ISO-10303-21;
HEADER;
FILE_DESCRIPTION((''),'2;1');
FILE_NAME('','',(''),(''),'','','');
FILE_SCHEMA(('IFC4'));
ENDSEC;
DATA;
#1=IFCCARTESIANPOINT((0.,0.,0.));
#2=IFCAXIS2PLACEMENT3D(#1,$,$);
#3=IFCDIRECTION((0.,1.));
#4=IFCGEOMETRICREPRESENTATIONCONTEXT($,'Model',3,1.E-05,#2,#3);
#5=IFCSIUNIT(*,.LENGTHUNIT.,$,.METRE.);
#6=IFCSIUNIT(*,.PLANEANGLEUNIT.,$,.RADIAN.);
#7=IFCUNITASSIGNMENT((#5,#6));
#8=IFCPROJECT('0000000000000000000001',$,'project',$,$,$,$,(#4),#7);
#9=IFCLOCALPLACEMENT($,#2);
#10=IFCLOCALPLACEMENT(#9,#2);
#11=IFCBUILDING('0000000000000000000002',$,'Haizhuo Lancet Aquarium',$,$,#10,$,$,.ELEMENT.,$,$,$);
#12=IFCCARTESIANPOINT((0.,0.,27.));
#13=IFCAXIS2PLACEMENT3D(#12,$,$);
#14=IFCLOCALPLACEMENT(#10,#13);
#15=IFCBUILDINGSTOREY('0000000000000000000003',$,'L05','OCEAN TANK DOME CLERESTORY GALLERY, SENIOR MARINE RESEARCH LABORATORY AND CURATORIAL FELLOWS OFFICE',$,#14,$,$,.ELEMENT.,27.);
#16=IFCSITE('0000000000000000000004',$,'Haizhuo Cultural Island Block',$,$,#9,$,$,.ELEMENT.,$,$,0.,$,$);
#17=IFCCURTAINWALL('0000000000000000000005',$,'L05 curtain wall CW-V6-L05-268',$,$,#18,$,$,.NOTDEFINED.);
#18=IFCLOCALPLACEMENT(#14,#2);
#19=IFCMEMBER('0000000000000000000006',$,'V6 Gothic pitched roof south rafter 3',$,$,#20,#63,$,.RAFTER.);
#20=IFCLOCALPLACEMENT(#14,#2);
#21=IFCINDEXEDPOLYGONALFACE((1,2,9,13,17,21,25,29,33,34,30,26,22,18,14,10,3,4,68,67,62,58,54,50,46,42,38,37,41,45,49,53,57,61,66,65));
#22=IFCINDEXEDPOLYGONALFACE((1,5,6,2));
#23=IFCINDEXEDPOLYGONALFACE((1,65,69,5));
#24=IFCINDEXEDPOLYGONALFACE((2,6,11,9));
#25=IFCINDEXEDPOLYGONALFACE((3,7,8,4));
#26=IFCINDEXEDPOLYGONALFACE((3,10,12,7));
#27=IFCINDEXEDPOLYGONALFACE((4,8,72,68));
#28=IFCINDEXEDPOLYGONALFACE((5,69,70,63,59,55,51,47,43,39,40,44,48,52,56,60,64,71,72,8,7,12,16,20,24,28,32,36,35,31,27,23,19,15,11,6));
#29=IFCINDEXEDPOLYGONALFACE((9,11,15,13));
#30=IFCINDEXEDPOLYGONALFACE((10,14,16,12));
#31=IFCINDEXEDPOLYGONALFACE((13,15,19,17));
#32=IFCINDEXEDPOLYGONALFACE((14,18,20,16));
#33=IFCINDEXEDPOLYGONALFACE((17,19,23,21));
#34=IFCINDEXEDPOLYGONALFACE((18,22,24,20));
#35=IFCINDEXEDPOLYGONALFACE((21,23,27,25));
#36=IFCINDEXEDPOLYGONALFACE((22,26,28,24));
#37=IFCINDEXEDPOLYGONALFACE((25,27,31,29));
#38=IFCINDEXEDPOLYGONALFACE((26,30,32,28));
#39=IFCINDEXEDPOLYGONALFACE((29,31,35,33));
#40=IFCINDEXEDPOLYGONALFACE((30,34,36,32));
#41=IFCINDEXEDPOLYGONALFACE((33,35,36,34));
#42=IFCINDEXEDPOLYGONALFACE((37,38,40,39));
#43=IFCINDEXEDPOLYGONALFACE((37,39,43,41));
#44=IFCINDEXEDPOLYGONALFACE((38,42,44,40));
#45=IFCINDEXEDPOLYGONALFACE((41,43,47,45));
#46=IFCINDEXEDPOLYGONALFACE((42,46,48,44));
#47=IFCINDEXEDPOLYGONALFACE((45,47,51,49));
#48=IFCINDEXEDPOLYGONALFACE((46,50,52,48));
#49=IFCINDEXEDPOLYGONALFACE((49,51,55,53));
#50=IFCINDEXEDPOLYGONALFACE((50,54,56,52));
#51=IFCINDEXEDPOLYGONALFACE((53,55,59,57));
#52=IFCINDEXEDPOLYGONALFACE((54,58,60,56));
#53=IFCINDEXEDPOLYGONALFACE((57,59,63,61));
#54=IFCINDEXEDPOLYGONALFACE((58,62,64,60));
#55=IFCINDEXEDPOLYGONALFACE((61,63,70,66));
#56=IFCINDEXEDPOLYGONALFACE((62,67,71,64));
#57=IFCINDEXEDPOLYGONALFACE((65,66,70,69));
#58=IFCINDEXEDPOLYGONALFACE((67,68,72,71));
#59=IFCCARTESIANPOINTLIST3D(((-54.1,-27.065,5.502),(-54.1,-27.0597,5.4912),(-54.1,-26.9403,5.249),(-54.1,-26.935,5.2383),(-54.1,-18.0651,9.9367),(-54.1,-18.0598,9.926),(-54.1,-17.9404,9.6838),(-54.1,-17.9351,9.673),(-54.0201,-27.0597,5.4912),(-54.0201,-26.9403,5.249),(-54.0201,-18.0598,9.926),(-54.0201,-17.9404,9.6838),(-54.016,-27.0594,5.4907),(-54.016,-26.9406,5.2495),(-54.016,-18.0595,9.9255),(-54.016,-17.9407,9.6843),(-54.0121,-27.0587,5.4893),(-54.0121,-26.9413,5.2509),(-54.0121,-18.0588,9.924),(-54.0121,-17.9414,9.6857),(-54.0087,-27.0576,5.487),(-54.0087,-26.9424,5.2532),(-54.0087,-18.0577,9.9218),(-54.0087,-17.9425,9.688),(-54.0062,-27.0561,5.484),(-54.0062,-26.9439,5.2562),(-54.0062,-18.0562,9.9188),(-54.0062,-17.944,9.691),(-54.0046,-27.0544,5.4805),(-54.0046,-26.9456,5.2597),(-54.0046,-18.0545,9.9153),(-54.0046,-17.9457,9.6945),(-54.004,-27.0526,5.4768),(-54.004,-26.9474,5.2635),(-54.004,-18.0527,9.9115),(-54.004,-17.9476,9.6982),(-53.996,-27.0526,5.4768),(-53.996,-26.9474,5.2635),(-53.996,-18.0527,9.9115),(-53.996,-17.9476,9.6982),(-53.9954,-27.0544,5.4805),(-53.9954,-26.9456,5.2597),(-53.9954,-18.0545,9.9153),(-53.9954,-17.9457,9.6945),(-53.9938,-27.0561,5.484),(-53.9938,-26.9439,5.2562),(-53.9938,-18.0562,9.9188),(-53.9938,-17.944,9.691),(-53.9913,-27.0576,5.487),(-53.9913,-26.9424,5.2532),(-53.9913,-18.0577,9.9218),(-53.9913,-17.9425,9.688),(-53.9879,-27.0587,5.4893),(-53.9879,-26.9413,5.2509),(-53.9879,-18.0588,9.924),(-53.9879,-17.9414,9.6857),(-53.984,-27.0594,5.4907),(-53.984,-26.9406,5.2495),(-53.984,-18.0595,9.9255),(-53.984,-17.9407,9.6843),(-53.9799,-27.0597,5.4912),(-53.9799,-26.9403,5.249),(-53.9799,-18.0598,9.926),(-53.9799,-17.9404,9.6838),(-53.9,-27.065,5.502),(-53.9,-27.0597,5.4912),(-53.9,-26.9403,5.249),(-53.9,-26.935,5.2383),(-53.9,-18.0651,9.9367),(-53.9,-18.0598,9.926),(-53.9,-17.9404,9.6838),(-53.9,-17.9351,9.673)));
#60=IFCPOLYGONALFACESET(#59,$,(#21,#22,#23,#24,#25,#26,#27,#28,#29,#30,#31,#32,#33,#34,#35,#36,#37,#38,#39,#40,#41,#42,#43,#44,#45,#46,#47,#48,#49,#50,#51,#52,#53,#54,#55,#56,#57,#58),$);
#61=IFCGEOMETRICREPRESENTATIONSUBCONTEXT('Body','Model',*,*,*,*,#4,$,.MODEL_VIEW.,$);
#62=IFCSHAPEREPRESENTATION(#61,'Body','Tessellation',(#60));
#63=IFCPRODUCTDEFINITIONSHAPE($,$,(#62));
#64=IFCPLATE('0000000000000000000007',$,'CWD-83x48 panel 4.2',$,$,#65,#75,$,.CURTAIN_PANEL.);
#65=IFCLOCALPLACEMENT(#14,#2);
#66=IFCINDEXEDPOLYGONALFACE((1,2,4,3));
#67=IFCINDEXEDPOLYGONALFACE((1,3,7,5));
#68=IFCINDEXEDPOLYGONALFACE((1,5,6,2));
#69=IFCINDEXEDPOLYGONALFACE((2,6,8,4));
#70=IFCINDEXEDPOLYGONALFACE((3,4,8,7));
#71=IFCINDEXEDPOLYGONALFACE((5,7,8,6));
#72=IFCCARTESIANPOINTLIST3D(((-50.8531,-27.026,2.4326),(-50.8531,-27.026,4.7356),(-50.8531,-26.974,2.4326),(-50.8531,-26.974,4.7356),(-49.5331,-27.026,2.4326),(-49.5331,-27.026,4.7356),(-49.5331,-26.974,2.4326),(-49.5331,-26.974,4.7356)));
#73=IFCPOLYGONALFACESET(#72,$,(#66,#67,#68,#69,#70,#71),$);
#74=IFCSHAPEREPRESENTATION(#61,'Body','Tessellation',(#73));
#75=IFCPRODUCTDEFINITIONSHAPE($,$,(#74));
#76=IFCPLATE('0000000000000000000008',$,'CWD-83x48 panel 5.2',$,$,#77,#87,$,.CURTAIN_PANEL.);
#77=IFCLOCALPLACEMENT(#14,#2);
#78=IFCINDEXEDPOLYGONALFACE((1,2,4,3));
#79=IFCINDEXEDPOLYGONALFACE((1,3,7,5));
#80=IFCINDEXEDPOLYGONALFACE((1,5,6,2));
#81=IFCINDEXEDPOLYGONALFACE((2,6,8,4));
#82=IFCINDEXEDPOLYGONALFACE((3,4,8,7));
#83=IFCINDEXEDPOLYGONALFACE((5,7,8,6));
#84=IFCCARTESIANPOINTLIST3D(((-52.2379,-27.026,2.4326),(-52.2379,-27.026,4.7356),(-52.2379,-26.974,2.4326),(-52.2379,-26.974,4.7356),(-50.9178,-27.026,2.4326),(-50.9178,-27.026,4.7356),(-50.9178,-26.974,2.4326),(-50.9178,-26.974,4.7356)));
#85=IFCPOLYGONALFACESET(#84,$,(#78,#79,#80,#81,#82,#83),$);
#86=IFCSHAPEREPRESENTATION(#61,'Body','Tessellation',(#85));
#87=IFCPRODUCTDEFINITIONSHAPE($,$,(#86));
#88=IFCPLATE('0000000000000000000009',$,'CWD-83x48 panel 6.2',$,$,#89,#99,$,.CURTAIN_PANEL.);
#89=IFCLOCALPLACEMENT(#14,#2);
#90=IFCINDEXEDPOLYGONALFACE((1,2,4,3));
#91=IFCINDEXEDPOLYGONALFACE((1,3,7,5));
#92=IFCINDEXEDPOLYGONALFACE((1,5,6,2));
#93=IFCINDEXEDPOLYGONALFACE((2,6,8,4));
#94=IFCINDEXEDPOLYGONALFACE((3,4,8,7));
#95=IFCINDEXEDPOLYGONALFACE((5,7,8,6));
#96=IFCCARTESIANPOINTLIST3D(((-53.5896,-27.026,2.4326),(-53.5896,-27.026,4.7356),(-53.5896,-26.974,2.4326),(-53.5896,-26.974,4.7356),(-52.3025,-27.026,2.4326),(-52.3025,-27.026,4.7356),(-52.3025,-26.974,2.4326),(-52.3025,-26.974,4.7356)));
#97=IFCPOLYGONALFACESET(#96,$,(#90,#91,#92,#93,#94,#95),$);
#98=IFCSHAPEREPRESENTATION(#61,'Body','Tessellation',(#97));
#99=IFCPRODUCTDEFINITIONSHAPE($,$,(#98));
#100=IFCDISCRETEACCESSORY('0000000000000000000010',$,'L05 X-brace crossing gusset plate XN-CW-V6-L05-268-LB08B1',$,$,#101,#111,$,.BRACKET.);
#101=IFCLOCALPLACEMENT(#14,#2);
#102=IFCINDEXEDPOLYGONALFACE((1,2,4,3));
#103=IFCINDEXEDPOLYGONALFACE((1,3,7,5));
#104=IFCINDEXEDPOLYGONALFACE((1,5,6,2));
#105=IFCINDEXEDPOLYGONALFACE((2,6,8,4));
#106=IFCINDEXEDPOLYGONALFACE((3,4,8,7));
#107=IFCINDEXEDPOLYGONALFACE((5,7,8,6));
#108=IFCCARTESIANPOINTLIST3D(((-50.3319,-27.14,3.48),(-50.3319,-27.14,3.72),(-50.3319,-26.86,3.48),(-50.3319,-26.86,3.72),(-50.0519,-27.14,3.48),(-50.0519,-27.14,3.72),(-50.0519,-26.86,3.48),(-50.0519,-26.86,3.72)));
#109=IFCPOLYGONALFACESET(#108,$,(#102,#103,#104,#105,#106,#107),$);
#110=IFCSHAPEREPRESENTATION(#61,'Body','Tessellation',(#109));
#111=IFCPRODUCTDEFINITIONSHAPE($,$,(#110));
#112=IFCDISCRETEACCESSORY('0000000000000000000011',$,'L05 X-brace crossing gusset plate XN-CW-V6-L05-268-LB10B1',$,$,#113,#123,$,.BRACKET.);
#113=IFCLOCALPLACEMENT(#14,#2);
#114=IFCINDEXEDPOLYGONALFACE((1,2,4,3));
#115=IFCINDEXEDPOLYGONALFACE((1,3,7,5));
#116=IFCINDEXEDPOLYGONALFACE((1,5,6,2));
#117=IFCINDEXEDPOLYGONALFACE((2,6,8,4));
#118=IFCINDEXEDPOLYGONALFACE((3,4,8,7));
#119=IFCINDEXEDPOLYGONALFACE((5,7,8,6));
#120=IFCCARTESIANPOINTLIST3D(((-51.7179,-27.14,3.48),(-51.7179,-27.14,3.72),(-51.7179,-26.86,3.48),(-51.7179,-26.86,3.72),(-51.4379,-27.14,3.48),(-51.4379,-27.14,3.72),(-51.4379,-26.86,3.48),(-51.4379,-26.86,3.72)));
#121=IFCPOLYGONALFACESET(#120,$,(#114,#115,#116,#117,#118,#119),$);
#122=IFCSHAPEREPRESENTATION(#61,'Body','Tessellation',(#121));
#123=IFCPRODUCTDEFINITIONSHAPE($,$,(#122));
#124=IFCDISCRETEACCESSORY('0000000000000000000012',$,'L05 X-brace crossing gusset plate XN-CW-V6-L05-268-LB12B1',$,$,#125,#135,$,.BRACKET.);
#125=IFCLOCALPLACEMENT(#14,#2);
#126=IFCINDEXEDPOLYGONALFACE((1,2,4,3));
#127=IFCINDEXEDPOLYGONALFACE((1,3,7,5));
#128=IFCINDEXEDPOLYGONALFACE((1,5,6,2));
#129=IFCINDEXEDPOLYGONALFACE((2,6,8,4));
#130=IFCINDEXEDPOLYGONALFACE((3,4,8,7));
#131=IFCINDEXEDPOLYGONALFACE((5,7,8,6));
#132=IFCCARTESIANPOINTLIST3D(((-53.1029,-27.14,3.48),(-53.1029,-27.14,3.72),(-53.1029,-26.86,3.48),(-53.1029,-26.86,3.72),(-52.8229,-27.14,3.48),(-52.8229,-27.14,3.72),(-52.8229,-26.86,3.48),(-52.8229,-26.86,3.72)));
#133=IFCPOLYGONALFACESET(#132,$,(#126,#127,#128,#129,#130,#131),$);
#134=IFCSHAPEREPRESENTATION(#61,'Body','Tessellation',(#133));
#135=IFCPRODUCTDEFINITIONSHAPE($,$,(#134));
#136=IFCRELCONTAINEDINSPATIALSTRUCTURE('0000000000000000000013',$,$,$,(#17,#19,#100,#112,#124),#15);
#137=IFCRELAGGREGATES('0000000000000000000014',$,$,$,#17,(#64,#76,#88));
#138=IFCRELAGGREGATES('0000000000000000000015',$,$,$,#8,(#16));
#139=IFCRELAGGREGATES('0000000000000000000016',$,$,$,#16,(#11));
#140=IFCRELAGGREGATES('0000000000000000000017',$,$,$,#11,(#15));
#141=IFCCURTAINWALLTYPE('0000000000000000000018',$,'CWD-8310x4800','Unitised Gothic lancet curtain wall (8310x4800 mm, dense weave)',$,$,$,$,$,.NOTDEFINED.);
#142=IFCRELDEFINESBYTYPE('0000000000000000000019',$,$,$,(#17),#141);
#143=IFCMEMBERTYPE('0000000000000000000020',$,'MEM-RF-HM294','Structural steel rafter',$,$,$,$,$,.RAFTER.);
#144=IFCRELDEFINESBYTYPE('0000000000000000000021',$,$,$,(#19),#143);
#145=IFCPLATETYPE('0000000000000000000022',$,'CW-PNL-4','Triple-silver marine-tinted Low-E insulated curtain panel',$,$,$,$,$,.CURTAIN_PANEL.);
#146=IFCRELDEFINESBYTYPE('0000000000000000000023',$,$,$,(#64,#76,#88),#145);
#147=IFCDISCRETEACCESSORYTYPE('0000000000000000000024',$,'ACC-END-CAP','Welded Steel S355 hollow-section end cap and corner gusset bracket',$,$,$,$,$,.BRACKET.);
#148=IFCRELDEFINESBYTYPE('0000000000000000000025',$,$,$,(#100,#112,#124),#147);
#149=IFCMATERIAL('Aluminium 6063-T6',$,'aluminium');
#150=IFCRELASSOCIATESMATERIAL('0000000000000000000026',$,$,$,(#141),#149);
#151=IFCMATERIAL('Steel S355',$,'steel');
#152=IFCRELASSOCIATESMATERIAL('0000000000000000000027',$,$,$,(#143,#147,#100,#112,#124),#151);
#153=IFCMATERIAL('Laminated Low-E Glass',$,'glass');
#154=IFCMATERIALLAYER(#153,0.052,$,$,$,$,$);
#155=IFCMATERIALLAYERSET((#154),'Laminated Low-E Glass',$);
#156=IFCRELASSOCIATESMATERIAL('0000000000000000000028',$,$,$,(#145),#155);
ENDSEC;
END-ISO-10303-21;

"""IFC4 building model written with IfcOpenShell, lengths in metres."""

from ifc_helpers import new_model, si_unit, direction, frame, origin, origin_2d, place, context, subcontext, project, spatial, rectangle, i_section, extrude, material, layer, layer_set, material_profile, profile_set, type_object, element, aggregate, save


model = new_model("IFC4")

# Units and contexts
model_context = context("Model", 3, precision=1e-05, world=origin(), true_north=direction((0.0, 1.0)))
body_context = subcontext(model_context, "Body", "Model", "MODEL_VIEW")
ifc_project = project(units=[si_unit("LENGTHUNIT", "METRE"), si_unit("PLANEANGLEUNIT", "RADIAN")], contexts=[model_context])

# Site, building, storey
site_placement = place(None, origin())
site = spatial("IfcSite", under=ifc_project, at=site_placement, Name="Haizhuo Cultural Island Block", CompositionType="ELEMENT", RefElevation=0.0)
building_placement = place(site_placement, origin())
building = spatial("IfcBuilding", under=site, at=building_placement, Name="Haizhuo Lancet Aquarium", CompositionType="ELEMENT")
storey_placement = place(building_placement, frame((0.0, 0.0, 27.0)))
storey = spatial("IfcBuildingStorey", under=building, at=storey_placement, Name="L05", Description="OCEAN TANK DOME CLERESTORY GALLERY, SENIOR MARINE RESEARCH LABORATORY AND CURATORIAL FELLOWS OFFICE", CompositionType="ELEMENT", Elevation=27.0)

# Shared definitions
ifc_material_1 = material(Name="Steel S355", Category="steel")

# Curtain wall
ifc_material_2 = material(Name="Aluminium 6063-T6", Category="aluminium")
curtain_wall_type = type_object("IfcCurtainWallType", Name="CWD-8310x4800", Description="Unitised Gothic lancet curtain wall (8310x4800 mm, dense weave)", PredefinedType="NOTDEFINED", material=ifc_material_2)
curtain_wall_placement = place(storey_placement, origin())
curtain_wall = element("IfcCurtainWall", 1, at=curtain_wall_placement, inside=storey, type_object=curtain_wall_type, Name="L05 curtain wall CW-V6-L05-268", PredefinedType="NOTDEFINED")

# Member
ifc_material_profile_1 = material_profile(ifc_material_1, i_section(OverallWidth=0.2, OverallDepth=0.2939, WebThickness=0.0081, FlangeThickness=0.012, FilletRadius=0.0161, at=origin_2d()), Name="HM 294x200x8x12")
ifc_profile_set_1 = profile_set([ifc_material_profile_1], Name="Steel S355")
member_type_1 = type_object("IfcMemberType", Name="MEM-RF-HM294", Description="Structural steel rafter", PredefinedType="RAFTER", material=ifc_profile_set_1)
member_1_placement = place(storey_placement, frame((-54.0, -27.0, 5.3701), z_axis=(0.0, 0.897011, 0.442009), x_axis=(-1.0, 0.0, 0.0)))
element("IfcMember", 2, at=member_1_placement, inside=storey, type_object=member_type_1, Name="V6 Gothic pitched roof south rafter 3", PredefinedType="RAFTER", context=body_context, shape_type="SweptSolid", body=[
    extrude(i_section(OverallWidth=0.2, OverallDepth=0.2939, WebThickness=0.0081, FlangeThickness=0.012, FilletRadius=0.0161, at=origin_2d()), origin(), (0.0, 0.0, 1.0), 10.0332),
])

# Plates
ifc_material_3 = material(Name="Laminated Low-E Glass", Category="glass")
ifc_layer = layer(ifc_material_3, 0.052)
ifc_layer_set = layer_set([ifc_layer], Name="Laminated Low-E Glass")
plate_type = type_object("IfcPlateType", Name="CW-PNL-4", Description="Triple-silver marine-tinted Low-E insulated curtain panel", PredefinedType="CURTAIN_PANEL", material=ifc_layer_set)
plate_1_placement = place(storey_placement, frame((-50.1931, -27.0, 2.4326), z_axis=(0.0, 0.0, 1.0), x_axis=(-1.0, 0.0, 0.0)))
plate_1 = element("IfcPlate", 3, at=plate_1_placement, type_object=plate_type, Name="CWD-83x48 panel 4.2", PredefinedType="CURTAIN_PANEL", context=body_context, shape_type="SweptSolid", body=[
    extrude(rectangle(XDim=1.3201, YDim=0.052, at=origin_2d()), origin(), (0.0, 0.0, 1.0), 2.303),
])
plate_2_placement = place(storey_placement, frame((-51.5779, -27.0, 2.4326), z_axis=(0.0, 0.0, 1.0), x_axis=(-1.0, 0.0, 0.0)))
plate_2 = element("IfcPlate", 4, at=plate_2_placement, type_object=plate_type, Name="CWD-83x48 panel 5.2", PredefinedType="CURTAIN_PANEL", context=body_context, shape_type="SweptSolid", body=[
    extrude(rectangle(XDim=1.3201, YDim=0.052, at=origin_2d()), origin(), (0.0, 0.0, 1.0), 2.303),
])
plate_3_placement = place(storey_placement, frame((-52.946, -27.0, 2.4326), z_axis=(0.0, 0.0, 1.0), x_axis=(-1.0, 0.0, 0.0)))
plate_3 = element("IfcPlate", 5, at=plate_3_placement, type_object=plate_type, Name="CWD-83x48 panel 6.2", PredefinedType="CURTAIN_PANEL", context=body_context, shape_type="SweptSolid", body=[
    extrude(rectangle(XDim=1.2871, YDim=0.052, at=origin_2d()), origin(), (0.0, 0.0, 1.0), 2.303),
])
aggregate(curtain_wall, [plate_1, plate_2, plate_3])

# Discrete accessories
discrete_accessory_type = type_object("IfcDiscreteAccessoryType", Name="ACC-END-CAP", Description="Welded Steel S355 hollow-section end cap and corner gusset bracket", PredefinedType="BRACKET", material=ifc_material_1)
for number, where, z_axis, x_axis, name in (
    (6, (-50.1919, -27.0, 3.48), (0.0, 0.0, 1.0), (1.0, 0.0, 0.0), "L05 X-brace crossing gusset plate XN-CW-V6-L05-268-LB08B1"),
    (7, (-51.5779, -27.0, 3.48), (0.0, 0.0, 1.0), (1.0, 0.0, 0.0), "L05 X-brace crossing gusset plate XN-CW-V6-L05-268-LB10B1"),
    (8, (-52.9629, -27.0, 3.48), (0.0, 0.0, 1.0), (1.0, 0.0, 0.0), "L05 X-brace crossing gusset plate XN-CW-V6-L05-268-LB12B1"),
):
    element("IfcDiscreteAccessory", number, at=place(storey_placement, frame(where, z_axis=z_axis, x_axis=x_axis)), inside=storey, type_object=discrete_accessory_type, material=ifc_material_1, Name=name, PredefinedType="BRACKET", context=body_context, shape_type="SweptSolid", body=[
        extrude(rectangle(XDim=0.28, YDim=0.28, at=origin_2d()), origin(), (0.0, 0.0, 1.0), 0.24),
    ])

save(model, "model.ifc")
